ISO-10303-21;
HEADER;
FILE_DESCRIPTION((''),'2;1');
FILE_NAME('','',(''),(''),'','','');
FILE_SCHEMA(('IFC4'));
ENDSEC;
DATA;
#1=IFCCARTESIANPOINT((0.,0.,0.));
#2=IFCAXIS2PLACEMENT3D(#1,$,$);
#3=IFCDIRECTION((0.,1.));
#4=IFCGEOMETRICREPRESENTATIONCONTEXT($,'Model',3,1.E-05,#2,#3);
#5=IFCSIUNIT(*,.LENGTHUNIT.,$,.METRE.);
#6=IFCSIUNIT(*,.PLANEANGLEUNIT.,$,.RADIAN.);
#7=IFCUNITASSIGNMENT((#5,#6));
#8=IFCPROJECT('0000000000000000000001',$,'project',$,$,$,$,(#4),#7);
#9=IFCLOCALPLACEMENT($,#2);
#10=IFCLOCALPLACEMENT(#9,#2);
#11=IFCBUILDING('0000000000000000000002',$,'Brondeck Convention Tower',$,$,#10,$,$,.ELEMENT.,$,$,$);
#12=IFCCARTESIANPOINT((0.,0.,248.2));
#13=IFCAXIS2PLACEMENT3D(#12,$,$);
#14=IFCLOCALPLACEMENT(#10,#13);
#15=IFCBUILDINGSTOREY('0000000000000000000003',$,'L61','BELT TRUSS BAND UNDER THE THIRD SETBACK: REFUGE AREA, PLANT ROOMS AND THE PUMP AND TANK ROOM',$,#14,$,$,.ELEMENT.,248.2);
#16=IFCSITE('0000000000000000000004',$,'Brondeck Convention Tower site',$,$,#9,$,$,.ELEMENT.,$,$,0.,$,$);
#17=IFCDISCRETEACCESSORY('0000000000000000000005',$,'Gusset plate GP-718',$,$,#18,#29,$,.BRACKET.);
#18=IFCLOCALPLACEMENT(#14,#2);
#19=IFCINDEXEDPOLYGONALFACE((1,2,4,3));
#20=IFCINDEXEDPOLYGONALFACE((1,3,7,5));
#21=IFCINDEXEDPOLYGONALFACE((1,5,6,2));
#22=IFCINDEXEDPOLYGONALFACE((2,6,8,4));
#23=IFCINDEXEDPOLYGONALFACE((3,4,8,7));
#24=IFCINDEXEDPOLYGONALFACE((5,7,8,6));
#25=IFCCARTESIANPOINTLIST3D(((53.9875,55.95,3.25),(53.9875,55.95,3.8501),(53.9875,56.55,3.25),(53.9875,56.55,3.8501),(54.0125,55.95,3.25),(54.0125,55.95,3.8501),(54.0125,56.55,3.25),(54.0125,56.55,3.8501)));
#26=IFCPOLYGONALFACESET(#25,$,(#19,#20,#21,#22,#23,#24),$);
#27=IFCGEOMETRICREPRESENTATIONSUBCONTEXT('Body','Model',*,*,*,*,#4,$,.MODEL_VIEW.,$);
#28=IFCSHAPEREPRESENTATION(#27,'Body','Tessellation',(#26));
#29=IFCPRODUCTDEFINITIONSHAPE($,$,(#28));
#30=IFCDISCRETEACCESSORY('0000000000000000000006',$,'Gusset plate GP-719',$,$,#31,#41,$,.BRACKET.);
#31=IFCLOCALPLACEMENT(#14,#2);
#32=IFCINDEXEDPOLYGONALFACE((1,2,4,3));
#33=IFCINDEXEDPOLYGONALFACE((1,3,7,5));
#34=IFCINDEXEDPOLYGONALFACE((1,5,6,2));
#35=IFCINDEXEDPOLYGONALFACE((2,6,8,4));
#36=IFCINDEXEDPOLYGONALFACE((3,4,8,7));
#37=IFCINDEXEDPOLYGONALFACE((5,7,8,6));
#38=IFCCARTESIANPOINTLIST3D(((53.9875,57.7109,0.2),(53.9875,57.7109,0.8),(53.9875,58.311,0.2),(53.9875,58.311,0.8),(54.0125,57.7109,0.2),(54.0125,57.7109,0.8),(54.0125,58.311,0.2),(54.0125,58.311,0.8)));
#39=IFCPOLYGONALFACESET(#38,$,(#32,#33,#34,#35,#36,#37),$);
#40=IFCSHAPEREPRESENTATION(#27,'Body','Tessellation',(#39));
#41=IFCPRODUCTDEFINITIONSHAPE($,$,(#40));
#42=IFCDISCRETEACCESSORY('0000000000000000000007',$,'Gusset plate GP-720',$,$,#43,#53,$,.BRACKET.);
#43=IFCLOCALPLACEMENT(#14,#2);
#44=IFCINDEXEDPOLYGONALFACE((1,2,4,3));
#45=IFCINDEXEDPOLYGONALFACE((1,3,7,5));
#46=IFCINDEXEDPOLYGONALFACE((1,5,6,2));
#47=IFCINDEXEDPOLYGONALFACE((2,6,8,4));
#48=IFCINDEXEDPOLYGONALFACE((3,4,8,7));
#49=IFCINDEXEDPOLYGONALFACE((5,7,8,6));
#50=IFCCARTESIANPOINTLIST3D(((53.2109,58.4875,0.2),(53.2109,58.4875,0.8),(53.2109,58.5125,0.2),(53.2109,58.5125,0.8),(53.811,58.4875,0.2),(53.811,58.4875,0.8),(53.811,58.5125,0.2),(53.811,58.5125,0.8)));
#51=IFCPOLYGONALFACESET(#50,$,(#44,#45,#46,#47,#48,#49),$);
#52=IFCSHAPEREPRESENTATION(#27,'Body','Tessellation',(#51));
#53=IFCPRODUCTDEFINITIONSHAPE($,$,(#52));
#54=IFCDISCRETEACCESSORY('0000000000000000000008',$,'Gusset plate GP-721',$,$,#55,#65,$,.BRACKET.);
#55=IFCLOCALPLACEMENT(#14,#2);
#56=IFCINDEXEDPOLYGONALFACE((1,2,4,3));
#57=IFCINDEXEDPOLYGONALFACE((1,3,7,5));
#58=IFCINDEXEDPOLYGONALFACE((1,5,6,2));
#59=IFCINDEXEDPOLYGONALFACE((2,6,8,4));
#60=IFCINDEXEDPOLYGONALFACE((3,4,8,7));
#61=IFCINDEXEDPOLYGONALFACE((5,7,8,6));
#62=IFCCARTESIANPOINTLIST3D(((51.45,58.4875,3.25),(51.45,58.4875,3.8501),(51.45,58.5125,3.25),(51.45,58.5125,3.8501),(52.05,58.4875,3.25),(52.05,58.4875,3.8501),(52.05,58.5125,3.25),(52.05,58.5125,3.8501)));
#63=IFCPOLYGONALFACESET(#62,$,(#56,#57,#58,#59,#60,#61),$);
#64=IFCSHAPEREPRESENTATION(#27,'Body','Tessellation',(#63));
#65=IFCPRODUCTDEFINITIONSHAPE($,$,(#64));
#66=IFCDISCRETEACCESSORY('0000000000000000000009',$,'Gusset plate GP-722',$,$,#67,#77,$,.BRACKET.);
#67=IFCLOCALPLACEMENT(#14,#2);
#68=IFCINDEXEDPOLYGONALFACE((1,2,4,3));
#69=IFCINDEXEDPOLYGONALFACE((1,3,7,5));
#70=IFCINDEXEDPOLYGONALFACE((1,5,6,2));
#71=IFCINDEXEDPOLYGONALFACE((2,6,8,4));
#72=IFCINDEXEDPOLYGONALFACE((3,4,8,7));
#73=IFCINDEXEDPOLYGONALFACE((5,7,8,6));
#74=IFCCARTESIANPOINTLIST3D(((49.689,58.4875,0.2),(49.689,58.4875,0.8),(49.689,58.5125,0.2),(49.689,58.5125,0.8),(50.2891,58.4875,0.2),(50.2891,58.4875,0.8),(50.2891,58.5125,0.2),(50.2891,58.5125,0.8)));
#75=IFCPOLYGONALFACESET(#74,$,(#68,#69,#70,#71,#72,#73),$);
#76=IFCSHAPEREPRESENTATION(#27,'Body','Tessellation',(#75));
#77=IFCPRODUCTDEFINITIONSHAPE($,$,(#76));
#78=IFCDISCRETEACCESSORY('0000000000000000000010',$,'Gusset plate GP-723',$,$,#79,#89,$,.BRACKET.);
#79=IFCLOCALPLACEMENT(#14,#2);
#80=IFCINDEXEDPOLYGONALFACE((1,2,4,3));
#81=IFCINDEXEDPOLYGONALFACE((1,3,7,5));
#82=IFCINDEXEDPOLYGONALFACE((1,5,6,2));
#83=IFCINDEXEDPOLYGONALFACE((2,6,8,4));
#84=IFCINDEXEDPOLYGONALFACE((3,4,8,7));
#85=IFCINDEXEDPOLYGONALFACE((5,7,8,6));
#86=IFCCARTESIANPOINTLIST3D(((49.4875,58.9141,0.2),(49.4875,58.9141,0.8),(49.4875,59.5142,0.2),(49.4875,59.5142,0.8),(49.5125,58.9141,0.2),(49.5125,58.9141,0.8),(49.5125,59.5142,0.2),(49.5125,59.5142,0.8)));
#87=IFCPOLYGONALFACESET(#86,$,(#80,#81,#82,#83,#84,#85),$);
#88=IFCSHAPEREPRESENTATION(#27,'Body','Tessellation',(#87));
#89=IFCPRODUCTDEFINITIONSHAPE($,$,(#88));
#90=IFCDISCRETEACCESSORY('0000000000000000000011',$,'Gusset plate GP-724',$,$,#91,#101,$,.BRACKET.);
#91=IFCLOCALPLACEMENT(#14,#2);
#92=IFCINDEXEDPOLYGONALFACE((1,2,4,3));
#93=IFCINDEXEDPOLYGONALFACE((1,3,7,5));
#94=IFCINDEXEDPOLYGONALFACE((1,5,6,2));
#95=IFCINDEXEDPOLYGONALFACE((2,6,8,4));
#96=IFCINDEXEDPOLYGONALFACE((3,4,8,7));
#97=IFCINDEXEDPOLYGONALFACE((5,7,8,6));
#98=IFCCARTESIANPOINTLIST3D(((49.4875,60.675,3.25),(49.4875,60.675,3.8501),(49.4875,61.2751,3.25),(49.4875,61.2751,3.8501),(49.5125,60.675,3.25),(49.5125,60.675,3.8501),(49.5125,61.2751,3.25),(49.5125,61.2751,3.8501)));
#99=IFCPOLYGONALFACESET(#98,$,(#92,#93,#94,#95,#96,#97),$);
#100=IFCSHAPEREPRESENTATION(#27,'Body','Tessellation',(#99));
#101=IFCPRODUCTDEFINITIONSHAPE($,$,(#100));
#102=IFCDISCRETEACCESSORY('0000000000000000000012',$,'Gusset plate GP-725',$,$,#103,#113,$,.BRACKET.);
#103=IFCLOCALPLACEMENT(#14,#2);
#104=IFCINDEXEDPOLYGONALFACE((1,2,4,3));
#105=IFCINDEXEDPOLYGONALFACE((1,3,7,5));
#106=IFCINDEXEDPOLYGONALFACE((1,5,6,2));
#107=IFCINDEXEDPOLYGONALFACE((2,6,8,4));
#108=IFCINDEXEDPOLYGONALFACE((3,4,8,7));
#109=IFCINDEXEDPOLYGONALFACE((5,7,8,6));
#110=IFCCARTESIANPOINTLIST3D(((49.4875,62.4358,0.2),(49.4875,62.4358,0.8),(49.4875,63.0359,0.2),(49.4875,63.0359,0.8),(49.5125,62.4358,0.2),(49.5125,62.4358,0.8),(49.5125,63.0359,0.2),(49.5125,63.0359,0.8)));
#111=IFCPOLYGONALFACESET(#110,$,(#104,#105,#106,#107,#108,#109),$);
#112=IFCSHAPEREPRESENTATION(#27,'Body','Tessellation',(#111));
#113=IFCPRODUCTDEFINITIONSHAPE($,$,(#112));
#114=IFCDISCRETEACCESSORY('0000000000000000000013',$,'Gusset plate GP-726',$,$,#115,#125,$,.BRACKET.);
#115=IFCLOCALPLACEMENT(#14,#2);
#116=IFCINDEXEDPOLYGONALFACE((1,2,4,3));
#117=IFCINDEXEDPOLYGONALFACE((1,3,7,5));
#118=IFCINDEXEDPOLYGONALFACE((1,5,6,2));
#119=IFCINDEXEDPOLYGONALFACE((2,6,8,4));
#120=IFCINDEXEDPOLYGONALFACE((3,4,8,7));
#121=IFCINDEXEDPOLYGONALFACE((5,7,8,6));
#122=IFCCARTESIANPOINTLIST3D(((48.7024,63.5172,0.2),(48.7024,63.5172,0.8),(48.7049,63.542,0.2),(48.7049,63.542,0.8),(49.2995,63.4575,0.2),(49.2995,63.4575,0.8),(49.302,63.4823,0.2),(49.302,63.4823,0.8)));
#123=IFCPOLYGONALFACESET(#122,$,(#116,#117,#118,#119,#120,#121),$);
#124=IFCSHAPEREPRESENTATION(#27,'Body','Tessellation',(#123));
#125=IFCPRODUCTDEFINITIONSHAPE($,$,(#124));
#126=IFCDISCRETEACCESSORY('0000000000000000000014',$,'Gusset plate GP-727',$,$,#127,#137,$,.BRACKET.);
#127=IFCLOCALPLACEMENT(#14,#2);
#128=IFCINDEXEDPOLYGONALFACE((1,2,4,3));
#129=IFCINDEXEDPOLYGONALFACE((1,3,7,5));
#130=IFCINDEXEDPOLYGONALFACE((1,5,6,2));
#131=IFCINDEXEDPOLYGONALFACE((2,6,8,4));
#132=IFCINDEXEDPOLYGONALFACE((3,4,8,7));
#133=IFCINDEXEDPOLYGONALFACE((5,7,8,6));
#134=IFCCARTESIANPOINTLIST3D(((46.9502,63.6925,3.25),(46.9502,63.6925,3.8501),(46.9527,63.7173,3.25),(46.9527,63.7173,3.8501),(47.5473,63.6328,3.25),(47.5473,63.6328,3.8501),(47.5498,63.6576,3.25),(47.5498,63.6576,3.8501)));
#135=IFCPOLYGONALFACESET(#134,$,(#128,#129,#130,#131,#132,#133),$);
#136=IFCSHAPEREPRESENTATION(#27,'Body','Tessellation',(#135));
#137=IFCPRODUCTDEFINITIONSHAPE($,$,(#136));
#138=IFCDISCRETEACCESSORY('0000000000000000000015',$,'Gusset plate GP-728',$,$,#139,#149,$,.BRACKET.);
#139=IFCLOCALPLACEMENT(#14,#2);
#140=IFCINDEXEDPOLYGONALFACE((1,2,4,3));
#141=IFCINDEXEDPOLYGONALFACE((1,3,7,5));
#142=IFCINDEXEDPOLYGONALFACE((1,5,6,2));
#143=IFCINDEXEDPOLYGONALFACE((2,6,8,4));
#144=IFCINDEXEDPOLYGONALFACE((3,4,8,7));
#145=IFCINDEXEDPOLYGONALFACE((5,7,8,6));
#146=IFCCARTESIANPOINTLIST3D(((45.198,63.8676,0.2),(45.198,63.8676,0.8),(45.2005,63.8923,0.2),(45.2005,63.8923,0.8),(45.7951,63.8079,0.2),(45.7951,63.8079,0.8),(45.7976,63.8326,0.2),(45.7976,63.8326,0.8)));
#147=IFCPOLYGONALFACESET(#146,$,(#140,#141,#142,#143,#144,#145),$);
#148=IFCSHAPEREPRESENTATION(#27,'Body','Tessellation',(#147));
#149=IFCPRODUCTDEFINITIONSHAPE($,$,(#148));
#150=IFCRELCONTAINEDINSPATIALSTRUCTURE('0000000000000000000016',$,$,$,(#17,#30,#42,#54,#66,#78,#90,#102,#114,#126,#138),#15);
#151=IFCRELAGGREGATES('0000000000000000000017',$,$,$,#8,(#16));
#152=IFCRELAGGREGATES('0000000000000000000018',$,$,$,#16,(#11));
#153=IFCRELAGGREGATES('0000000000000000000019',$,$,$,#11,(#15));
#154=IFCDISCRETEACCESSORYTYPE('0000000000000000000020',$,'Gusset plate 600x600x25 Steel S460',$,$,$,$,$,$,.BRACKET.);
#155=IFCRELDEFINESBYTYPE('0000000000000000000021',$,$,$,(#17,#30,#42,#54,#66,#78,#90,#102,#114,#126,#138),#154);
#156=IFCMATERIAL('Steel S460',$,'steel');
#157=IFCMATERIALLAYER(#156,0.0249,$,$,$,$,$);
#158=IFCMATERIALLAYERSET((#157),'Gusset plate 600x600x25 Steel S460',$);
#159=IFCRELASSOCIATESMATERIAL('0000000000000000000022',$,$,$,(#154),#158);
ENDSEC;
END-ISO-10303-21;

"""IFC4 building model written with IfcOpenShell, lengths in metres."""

from ifc_helpers import new_model, si_unit, direction, frame, origin, origin_2d, place, context, subcontext, project, spatial, rectangle, extrude, material, layer, layer_set, type_object, element, save


model = new_model("IFC4")

# Units and contexts
model_context = context("Model", 3, precision=1e-05, world=origin(), true_north=direction((0.0, 1.0)))
body_context = subcontext(model_context, "Body", "Model", "MODEL_VIEW")
ifc_project = project(units=[si_unit("LENGTHUNIT", "METRE"), si_unit("PLANEANGLEUNIT", "RADIAN")], contexts=[model_context])

# Site, building, storey
site_placement = place(None, origin())
site = spatial("IfcSite", under=ifc_project, at=site_placement, Name="Brondeck Convention Tower site", CompositionType="ELEMENT", RefElevation=0.0)
building_placement = place(site_placement, origin())
building = spatial("IfcBuilding", under=site, at=building_placement, Name="Brondeck Convention Tower", CompositionType="ELEMENT")
storey_placement = place(building_placement, frame((0.0, 0.0, 248.2)))
storey = spatial("IfcBuildingStorey", under=building, at=storey_placement, Name="L61", Description="BELT TRUSS BAND UNDER THE THIRD SETBACK: REFUGE AREA, PLANT ROOMS AND THE PUMP AND TANK ROOM", CompositionType="ELEMENT", Elevation=248.2)

# Shared definitions
ifc_material_1 = material(Name="Steel S460", Category="steel")

# Discrete accessories
ifc_layer_1 = layer(ifc_material_1, 0.0249)
ifc_layer_set_1 = layer_set([ifc_layer_1], Name="Gusset plate 600x600x25 Steel S460")
discrete_accessory_type = type_object("IfcDiscreteAccessoryType", Name="Gusset plate 600x600x25 Steel S460", PredefinedType="BRACKET", material=ifc_layer_set_1)
for number, where, z_axis, x_axis, name in (
    (1, (54.0, 56.25, 3.25), (0.0, 0.0, 1.0), (0.0, 1.0, 0.0), "Gusset plate GP-718"),
    (2, (54.0, 58.011, 0.2), (0.0, 0.0, 1.0), (0.0, 1.0, 0.0), "Gusset plate GP-719"),
    (3, (53.511, 58.5, 0.2), (0.0, 0.0, 1.0), (1.0, 0.0, 0.0), "Gusset plate GP-720"),
    (4, (51.75, 58.5, 3.25), (0.0, 0.0, 1.0), (1.0, 0.0, 0.0), "Gusset plate GP-721"),
    (5, (49.989, 58.5, 0.2), (0.0, 0.0, 1.0), (1.0, 0.0, 0.0), "Gusset plate GP-722"),
    (6, (49.5, 59.2141, 0.2), (0.0, 0.0, 1.0), (0.0, 1.0, 0.0), "Gusset plate GP-723"),
    (7, (49.5, 60.9751, 3.25), (0.0, 0.0, 1.0), (0.0, 1.0, 0.0), "Gusset plate GP-724"),
    (8, (49.5, 62.7358, 0.2), (0.0, 0.0, 1.0), (0.0, 1.0, 0.0), "Gusset plate GP-725"),
    (9, (49.0022, 63.4998, 0.2), (0.0, 0.0, 1.0), (-0.995036, 0.099511, 0.0), "Gusset plate GP-726"),
    (10, (47.25, 63.675, 3.25), (0.0, 0.0, 1.0), (-0.995036, 0.099511, 0.0), "Gusset plate GP-727"),
    (11, (45.4978, 63.8501, 0.2), (0.0, 0.0, 1.0), (-0.995036, 0.099511, 0.0), "Gusset plate GP-728"),
):
    element("IfcDiscreteAccessory", number, at=place(storey_placement, frame(where, z_axis=z_axis, x_axis=x_axis)), inside=storey, type_object=discrete_accessory_type, Name=name, PredefinedType="BRACKET", context=body_context, shape_type="SweptSolid", body=[
        extrude(rectangle(XDim=0.6001, YDim=0.0249, at=origin_2d()), origin(), (0.0, 0.0, 1.0), 0.6001),
    ])

save(model, "model.ifc")
